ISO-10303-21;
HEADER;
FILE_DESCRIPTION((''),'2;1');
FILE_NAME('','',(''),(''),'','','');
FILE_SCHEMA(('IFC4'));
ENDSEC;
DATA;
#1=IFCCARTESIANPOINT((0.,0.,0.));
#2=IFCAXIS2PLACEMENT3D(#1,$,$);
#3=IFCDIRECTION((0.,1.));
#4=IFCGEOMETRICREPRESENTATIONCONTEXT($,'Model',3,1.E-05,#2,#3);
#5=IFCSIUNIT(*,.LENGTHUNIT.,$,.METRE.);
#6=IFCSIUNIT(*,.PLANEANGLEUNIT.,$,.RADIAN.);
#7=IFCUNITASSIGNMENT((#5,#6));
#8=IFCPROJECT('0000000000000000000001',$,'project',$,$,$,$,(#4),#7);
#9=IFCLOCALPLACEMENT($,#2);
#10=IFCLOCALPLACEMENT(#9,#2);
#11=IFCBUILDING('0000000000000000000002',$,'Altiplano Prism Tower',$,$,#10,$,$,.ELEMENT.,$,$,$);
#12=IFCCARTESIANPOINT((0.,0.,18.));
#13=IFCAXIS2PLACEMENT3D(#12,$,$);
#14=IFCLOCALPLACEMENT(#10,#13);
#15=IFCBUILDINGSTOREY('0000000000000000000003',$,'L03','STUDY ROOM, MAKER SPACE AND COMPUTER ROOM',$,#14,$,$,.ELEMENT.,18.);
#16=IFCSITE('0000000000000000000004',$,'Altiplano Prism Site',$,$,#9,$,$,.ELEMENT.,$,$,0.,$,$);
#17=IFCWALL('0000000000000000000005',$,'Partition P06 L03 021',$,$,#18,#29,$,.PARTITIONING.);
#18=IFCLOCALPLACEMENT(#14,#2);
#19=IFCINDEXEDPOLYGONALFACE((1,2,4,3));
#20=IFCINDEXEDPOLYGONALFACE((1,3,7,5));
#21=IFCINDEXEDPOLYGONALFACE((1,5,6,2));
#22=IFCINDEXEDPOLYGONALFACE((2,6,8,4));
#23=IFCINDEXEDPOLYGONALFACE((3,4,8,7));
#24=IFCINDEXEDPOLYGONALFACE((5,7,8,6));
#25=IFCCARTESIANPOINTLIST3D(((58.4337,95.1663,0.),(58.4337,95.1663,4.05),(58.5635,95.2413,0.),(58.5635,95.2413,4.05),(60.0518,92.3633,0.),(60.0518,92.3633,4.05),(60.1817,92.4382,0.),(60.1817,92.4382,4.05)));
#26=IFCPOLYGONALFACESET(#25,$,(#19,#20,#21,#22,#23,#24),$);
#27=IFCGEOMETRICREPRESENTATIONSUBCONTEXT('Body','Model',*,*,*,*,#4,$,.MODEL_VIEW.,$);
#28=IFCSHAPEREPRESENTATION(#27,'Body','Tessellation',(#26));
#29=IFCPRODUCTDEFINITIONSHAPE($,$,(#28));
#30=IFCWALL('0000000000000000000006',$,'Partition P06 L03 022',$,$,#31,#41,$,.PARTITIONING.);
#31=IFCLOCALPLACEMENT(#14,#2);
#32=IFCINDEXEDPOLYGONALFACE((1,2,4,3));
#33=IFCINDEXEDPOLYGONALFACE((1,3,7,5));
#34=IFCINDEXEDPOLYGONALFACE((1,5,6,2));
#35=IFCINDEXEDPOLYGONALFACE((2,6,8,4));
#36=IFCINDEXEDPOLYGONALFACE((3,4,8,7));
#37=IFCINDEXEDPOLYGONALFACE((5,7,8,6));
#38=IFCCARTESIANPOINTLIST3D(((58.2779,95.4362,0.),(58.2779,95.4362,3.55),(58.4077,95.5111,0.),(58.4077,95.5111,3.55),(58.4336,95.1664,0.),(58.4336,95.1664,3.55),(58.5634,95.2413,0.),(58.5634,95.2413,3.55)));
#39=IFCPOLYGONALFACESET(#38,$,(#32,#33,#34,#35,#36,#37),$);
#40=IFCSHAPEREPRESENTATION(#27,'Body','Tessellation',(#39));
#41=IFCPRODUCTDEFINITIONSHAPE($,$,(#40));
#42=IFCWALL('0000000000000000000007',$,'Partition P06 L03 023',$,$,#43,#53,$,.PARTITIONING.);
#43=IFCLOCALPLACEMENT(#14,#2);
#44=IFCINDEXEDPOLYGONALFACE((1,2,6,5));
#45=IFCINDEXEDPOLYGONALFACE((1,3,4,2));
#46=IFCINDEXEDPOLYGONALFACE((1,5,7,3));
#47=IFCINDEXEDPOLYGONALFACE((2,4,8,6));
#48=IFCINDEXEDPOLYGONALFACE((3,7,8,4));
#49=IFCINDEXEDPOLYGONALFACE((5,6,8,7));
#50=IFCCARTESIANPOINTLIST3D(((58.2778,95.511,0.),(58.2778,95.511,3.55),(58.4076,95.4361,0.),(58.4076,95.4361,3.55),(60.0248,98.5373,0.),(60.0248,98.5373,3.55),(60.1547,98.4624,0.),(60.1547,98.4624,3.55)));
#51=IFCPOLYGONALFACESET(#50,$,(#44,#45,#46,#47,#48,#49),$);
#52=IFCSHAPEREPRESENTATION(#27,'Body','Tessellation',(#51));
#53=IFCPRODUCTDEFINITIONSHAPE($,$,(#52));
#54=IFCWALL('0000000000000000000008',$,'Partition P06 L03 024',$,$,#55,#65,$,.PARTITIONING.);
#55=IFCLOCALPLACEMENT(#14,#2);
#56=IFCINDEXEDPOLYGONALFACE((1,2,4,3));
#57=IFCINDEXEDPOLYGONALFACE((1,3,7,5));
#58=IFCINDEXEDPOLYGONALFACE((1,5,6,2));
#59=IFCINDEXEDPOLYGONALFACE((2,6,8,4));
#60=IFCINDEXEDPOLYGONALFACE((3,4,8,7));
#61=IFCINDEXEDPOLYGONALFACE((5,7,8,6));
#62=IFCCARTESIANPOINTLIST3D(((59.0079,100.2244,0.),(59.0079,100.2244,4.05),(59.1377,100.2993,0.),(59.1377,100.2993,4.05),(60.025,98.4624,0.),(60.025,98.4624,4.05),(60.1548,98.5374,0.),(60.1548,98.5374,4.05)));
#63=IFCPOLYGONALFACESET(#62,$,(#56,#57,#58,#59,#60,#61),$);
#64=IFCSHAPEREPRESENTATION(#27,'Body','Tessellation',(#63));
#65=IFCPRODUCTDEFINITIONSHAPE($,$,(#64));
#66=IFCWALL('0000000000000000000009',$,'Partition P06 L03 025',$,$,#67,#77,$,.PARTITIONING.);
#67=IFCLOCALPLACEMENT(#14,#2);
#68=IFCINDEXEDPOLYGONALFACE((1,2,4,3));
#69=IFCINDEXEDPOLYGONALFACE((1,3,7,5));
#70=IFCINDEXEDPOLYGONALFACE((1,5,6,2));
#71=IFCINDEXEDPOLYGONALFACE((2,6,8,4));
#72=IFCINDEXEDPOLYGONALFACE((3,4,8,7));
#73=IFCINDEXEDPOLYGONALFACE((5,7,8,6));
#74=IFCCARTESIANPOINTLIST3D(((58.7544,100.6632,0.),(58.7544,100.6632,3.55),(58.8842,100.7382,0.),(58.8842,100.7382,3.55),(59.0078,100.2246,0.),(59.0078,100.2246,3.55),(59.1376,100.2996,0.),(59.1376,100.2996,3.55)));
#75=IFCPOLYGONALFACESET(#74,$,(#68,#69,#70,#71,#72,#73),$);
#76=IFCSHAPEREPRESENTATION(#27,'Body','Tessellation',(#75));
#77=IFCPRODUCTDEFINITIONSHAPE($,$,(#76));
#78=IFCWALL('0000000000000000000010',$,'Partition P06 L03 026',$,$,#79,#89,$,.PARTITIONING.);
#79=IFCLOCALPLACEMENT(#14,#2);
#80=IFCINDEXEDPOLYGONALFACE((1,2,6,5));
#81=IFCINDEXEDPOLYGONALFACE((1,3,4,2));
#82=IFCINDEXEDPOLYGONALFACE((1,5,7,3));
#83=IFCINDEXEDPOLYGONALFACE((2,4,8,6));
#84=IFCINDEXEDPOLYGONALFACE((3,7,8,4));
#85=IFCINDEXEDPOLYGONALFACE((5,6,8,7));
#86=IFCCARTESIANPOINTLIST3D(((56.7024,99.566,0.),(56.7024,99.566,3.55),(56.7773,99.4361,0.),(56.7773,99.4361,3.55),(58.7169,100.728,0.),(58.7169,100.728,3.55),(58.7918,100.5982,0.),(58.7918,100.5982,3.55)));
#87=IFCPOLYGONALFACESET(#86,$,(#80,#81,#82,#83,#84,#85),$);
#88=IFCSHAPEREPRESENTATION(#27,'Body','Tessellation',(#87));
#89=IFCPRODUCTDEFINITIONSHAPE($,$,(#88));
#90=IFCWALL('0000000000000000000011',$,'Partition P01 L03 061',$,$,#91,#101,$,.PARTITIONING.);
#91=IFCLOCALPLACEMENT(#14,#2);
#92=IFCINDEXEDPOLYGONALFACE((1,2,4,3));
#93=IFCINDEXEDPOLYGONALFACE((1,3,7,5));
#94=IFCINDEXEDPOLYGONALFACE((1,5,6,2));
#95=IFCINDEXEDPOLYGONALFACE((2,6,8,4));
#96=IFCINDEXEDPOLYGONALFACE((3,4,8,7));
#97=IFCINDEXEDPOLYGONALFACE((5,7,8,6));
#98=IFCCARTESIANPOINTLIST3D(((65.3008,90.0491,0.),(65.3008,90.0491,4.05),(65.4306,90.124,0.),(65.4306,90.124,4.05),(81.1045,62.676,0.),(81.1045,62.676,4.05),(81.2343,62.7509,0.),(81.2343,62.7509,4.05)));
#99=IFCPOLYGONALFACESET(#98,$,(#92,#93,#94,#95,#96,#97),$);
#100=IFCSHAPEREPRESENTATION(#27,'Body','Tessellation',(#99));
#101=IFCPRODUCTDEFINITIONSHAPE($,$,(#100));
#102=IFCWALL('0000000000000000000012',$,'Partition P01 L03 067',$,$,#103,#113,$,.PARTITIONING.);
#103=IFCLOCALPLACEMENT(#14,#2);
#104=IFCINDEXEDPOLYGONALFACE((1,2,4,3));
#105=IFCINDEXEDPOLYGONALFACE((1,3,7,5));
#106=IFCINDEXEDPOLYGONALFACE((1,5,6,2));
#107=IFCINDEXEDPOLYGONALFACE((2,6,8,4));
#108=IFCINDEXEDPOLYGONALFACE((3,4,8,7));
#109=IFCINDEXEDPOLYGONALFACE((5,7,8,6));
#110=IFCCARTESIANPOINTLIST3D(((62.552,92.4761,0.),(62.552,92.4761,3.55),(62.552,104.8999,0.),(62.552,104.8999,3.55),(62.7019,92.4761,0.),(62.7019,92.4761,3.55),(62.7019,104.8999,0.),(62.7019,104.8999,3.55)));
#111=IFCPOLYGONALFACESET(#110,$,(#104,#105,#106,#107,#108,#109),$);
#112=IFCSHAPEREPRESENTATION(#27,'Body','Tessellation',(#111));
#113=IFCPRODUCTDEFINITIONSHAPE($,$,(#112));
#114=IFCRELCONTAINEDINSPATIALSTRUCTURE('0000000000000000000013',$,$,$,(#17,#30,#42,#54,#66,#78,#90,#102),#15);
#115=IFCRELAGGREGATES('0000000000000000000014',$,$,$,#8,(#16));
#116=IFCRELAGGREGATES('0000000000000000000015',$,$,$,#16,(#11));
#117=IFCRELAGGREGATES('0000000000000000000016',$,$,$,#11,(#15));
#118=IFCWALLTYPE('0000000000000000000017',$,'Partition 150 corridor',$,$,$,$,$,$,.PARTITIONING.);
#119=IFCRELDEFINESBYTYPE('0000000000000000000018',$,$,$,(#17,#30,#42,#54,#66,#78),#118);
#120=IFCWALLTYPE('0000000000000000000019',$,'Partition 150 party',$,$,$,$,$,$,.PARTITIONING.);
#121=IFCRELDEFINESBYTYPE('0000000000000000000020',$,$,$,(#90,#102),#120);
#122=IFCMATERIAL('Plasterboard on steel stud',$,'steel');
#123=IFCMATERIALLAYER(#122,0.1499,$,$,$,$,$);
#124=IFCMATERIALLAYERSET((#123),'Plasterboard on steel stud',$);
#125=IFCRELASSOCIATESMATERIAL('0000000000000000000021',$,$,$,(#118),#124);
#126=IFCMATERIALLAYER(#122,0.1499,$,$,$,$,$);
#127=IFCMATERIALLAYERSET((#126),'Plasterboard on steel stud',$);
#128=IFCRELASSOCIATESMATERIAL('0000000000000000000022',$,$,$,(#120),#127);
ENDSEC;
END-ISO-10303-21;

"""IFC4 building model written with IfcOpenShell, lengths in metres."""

from ifc_helpers import new_model, si_unit, direction, frame, frame_2d, origin, place, context, subcontext, project, spatial, rectangle, extrude, material, layer, layer_set, type_object, element, save


model = new_model("IFC4")

# Units and contexts
model_context = context("Model", 3, precision=1e-05, world=origin(), true_north=direction((0.0, 1.0)))
body_context = subcontext(model_context, "Body", "Model", "MODEL_VIEW")
ifc_project = project(units=[si_unit("LENGTHUNIT", "METRE"), si_unit("PLANEANGLEUNIT", "RADIAN")], contexts=[model_context])

# Site, building, storey
site_placement = place(None, origin())
site = spatial("IfcSite", under=ifc_project, at=site_placement, Name="Altiplano Prism Site", CompositionType="ELEMENT", RefElevation=0.0)
building_placement = place(site_placement, origin())
building = spatial("IfcBuilding", under=site, at=building_placement, Name="Altiplano Prism Tower", CompositionType="ELEMENT")
storey_placement = place(building_placement, frame((0.0, 0.0, 18.0)))
storey = spatial("IfcBuildingStorey", under=building, at=storey_placement, Name="L03", Description="STUDY ROOM, MAKER SPACE AND COMPUTER ROOM", CompositionType="ELEMENT", Elevation=18.0)

# Shared definitions
ifc_material_1 = material(Name="Plasterboard on steel stud", Category="steel")
ifc_layer_1 = layer(ifc_material_1, 0.1499)
ifc_layer_set_1 = layer_set([ifc_layer_1], Name="Plasterboard on steel stud")
wall_type_1 = type_object("IfcWallType", Name="Partition 150 corridor", PredefinedType="PARTITIONING", material=ifc_layer_set_1)

# Walls
wall_1_placement = place(storey_placement, frame((60.1167, 92.4009, 0.0), z_axis=(0.0, 0.0, 1.0), x_axis=(-0.499968, 0.866044, 0.0)))
element("IfcWall", 1, at=wall_1_placement, inside=storey, type_object=wall_type_1, Name="Partition P06 L03 021", PredefinedType="PARTITIONING", context=body_context, shape_type="SweptSolid", body=[
    extrude(rectangle(XDim=3.2366, YDim=0.1499, at=frame_2d((1.6182, 0.0))), origin(), (0.0, 0.0, 1.0), 4.05),
])
wall_2_placement = place(storey_placement, frame((58.4985, 95.2039, 0.0), z_axis=(0.0, 0.0, 1.0), x_axis=(-0.500016, 0.866016, 0.0)))
element("IfcWall", 2, at=wall_2_placement, inside=storey, type_object=wall_type_1, Name="Partition P06 L03 022", PredefinedType="PARTITIONING", context=body_context, shape_type="SweptSolid", body=[
    extrude(rectangle(XDim=0.3115, YDim=0.1499, at=frame_2d((0.1558, 0.0))), origin(), (0.0, 0.0, 1.0), 3.55),
])
wall_3_placement = place(storey_placement, frame((58.3428, 95.4736, 0.0), z_axis=(0.0, 0.0, 1.0), x_axis=(0.499956, 0.866051, 0.0)))
element("IfcWall", 3, at=wall_3_placement, inside=storey, type_object=wall_type_1, Name="Partition P06 L03 023", PredefinedType="PARTITIONING", context=body_context, shape_type="SweptSolid", body=[
    extrude(rectangle(XDim=3.4944, YDim=0.1499, at=frame_2d((1.7471, 0.0))), origin(), (0.0, 0.0, 1.0), 3.55),
])
wall_4_placement = place(storey_placement, frame((60.0898, 98.5, 0.0), z_axis=(0.0, 0.0, 1.0), x_axis=(-0.499934, 0.866064, 0.0)))
element("IfcWall", 4, at=wall_4_placement, inside=storey, type_object=wall_type_1, Name="Partition P06 L03 024", PredefinedType="PARTITIONING", context=body_context, shape_type="SweptSolid", body=[
    extrude(rectangle(XDim=2.0344, YDim=0.1499, at=frame_2d((1.0171, 0.0))), origin(), (0.0, 0.0, 1.0), 4.05),
])
wall_5_placement = place(storey_placement, frame((59.0728, 100.262, 0.0), z_axis=(0.0, 0.0, 1.0), x_axis=(-0.500181, 0.865921, 0.0)))
element("IfcWall", 5, at=wall_5_placement, inside=storey, type_object=wall_type_1, Name="Partition P06 L03 025", PredefinedType="PARTITIONING", context=body_context, shape_type="SweptSolid", body=[
    extrude(rectangle(XDim=0.5066, YDim=0.1499, at=frame_2d((0.2534, 0.0))), origin(), (0.0, 0.0, 1.0), 3.55),
])
wall_6_placement = place(storey_placement, frame((58.7544, 100.6631, 0.0), z_axis=(0.0, 0.0, 1.0), x_axis=(-0.866221, -0.499662, 0.0)))
element("IfcWall", 6, at=wall_6_placement, inside=storey, type_object=wall_type_1, Name="Partition P06 L03 026", PredefinedType="PARTITIONING", context=body_context, shape_type="SweptSolid", body=[
    extrude(rectangle(XDim=2.3257, YDim=0.1499, at=frame_2d((1.1628, 0.0))), origin(), (0.0, 0.0, 1.0), 3.55),
])
ifc_layer_2 = layer(ifc_material_1, 0.1499)
ifc_layer_set_2 = layer_set([ifc_layer_2], Name="Plasterboard on steel stud")
wall_type_2 = type_object("IfcWallType", Name="Partition 150 party", PredefinedType="PARTITIONING", material=ifc_layer_set_2)
wall_7_placement = place(storey_placement, frame((65.3657, 90.0864, 0.0), z_axis=(0.0, 0.0, 1.0), x_axis=(0.499997, -0.866027, 0.0)))
element("IfcWall", 7, at=wall_7_placement, inside=storey, type_object=wall_type_2, Name="Partition P01 L03 061", PredefinedType="PARTITIONING", context=body_context, shape_type="SweptSolid", body=[
    extrude(rectangle(XDim=31.6077, YDim=0.1499, at=frame_2d((15.8037, 0.0))), origin(), (0.0, 0.0, 1.0), 4.05),
])
wall_8_placement = place(storey_placement, frame((62.627, 104.8999, 0.0), z_axis=(0.0, 0.0, 1.0), x_axis=(0.0, -1.0, 0.0)))
element("IfcWall", 8, at=wall_8_placement, inside=storey, type_object=wall_type_2, Name="Partition P01 L03 067", PredefinedType="PARTITIONING", context=body_context, shape_type="SweptSolid", body=[
    extrude(rectangle(XDim=12.4238, YDim=0.1499, at=frame_2d((6.2119, 0.0))), origin(), (0.0, 0.0, 1.0), 3.55),
])

save(model, "model.ifc")
